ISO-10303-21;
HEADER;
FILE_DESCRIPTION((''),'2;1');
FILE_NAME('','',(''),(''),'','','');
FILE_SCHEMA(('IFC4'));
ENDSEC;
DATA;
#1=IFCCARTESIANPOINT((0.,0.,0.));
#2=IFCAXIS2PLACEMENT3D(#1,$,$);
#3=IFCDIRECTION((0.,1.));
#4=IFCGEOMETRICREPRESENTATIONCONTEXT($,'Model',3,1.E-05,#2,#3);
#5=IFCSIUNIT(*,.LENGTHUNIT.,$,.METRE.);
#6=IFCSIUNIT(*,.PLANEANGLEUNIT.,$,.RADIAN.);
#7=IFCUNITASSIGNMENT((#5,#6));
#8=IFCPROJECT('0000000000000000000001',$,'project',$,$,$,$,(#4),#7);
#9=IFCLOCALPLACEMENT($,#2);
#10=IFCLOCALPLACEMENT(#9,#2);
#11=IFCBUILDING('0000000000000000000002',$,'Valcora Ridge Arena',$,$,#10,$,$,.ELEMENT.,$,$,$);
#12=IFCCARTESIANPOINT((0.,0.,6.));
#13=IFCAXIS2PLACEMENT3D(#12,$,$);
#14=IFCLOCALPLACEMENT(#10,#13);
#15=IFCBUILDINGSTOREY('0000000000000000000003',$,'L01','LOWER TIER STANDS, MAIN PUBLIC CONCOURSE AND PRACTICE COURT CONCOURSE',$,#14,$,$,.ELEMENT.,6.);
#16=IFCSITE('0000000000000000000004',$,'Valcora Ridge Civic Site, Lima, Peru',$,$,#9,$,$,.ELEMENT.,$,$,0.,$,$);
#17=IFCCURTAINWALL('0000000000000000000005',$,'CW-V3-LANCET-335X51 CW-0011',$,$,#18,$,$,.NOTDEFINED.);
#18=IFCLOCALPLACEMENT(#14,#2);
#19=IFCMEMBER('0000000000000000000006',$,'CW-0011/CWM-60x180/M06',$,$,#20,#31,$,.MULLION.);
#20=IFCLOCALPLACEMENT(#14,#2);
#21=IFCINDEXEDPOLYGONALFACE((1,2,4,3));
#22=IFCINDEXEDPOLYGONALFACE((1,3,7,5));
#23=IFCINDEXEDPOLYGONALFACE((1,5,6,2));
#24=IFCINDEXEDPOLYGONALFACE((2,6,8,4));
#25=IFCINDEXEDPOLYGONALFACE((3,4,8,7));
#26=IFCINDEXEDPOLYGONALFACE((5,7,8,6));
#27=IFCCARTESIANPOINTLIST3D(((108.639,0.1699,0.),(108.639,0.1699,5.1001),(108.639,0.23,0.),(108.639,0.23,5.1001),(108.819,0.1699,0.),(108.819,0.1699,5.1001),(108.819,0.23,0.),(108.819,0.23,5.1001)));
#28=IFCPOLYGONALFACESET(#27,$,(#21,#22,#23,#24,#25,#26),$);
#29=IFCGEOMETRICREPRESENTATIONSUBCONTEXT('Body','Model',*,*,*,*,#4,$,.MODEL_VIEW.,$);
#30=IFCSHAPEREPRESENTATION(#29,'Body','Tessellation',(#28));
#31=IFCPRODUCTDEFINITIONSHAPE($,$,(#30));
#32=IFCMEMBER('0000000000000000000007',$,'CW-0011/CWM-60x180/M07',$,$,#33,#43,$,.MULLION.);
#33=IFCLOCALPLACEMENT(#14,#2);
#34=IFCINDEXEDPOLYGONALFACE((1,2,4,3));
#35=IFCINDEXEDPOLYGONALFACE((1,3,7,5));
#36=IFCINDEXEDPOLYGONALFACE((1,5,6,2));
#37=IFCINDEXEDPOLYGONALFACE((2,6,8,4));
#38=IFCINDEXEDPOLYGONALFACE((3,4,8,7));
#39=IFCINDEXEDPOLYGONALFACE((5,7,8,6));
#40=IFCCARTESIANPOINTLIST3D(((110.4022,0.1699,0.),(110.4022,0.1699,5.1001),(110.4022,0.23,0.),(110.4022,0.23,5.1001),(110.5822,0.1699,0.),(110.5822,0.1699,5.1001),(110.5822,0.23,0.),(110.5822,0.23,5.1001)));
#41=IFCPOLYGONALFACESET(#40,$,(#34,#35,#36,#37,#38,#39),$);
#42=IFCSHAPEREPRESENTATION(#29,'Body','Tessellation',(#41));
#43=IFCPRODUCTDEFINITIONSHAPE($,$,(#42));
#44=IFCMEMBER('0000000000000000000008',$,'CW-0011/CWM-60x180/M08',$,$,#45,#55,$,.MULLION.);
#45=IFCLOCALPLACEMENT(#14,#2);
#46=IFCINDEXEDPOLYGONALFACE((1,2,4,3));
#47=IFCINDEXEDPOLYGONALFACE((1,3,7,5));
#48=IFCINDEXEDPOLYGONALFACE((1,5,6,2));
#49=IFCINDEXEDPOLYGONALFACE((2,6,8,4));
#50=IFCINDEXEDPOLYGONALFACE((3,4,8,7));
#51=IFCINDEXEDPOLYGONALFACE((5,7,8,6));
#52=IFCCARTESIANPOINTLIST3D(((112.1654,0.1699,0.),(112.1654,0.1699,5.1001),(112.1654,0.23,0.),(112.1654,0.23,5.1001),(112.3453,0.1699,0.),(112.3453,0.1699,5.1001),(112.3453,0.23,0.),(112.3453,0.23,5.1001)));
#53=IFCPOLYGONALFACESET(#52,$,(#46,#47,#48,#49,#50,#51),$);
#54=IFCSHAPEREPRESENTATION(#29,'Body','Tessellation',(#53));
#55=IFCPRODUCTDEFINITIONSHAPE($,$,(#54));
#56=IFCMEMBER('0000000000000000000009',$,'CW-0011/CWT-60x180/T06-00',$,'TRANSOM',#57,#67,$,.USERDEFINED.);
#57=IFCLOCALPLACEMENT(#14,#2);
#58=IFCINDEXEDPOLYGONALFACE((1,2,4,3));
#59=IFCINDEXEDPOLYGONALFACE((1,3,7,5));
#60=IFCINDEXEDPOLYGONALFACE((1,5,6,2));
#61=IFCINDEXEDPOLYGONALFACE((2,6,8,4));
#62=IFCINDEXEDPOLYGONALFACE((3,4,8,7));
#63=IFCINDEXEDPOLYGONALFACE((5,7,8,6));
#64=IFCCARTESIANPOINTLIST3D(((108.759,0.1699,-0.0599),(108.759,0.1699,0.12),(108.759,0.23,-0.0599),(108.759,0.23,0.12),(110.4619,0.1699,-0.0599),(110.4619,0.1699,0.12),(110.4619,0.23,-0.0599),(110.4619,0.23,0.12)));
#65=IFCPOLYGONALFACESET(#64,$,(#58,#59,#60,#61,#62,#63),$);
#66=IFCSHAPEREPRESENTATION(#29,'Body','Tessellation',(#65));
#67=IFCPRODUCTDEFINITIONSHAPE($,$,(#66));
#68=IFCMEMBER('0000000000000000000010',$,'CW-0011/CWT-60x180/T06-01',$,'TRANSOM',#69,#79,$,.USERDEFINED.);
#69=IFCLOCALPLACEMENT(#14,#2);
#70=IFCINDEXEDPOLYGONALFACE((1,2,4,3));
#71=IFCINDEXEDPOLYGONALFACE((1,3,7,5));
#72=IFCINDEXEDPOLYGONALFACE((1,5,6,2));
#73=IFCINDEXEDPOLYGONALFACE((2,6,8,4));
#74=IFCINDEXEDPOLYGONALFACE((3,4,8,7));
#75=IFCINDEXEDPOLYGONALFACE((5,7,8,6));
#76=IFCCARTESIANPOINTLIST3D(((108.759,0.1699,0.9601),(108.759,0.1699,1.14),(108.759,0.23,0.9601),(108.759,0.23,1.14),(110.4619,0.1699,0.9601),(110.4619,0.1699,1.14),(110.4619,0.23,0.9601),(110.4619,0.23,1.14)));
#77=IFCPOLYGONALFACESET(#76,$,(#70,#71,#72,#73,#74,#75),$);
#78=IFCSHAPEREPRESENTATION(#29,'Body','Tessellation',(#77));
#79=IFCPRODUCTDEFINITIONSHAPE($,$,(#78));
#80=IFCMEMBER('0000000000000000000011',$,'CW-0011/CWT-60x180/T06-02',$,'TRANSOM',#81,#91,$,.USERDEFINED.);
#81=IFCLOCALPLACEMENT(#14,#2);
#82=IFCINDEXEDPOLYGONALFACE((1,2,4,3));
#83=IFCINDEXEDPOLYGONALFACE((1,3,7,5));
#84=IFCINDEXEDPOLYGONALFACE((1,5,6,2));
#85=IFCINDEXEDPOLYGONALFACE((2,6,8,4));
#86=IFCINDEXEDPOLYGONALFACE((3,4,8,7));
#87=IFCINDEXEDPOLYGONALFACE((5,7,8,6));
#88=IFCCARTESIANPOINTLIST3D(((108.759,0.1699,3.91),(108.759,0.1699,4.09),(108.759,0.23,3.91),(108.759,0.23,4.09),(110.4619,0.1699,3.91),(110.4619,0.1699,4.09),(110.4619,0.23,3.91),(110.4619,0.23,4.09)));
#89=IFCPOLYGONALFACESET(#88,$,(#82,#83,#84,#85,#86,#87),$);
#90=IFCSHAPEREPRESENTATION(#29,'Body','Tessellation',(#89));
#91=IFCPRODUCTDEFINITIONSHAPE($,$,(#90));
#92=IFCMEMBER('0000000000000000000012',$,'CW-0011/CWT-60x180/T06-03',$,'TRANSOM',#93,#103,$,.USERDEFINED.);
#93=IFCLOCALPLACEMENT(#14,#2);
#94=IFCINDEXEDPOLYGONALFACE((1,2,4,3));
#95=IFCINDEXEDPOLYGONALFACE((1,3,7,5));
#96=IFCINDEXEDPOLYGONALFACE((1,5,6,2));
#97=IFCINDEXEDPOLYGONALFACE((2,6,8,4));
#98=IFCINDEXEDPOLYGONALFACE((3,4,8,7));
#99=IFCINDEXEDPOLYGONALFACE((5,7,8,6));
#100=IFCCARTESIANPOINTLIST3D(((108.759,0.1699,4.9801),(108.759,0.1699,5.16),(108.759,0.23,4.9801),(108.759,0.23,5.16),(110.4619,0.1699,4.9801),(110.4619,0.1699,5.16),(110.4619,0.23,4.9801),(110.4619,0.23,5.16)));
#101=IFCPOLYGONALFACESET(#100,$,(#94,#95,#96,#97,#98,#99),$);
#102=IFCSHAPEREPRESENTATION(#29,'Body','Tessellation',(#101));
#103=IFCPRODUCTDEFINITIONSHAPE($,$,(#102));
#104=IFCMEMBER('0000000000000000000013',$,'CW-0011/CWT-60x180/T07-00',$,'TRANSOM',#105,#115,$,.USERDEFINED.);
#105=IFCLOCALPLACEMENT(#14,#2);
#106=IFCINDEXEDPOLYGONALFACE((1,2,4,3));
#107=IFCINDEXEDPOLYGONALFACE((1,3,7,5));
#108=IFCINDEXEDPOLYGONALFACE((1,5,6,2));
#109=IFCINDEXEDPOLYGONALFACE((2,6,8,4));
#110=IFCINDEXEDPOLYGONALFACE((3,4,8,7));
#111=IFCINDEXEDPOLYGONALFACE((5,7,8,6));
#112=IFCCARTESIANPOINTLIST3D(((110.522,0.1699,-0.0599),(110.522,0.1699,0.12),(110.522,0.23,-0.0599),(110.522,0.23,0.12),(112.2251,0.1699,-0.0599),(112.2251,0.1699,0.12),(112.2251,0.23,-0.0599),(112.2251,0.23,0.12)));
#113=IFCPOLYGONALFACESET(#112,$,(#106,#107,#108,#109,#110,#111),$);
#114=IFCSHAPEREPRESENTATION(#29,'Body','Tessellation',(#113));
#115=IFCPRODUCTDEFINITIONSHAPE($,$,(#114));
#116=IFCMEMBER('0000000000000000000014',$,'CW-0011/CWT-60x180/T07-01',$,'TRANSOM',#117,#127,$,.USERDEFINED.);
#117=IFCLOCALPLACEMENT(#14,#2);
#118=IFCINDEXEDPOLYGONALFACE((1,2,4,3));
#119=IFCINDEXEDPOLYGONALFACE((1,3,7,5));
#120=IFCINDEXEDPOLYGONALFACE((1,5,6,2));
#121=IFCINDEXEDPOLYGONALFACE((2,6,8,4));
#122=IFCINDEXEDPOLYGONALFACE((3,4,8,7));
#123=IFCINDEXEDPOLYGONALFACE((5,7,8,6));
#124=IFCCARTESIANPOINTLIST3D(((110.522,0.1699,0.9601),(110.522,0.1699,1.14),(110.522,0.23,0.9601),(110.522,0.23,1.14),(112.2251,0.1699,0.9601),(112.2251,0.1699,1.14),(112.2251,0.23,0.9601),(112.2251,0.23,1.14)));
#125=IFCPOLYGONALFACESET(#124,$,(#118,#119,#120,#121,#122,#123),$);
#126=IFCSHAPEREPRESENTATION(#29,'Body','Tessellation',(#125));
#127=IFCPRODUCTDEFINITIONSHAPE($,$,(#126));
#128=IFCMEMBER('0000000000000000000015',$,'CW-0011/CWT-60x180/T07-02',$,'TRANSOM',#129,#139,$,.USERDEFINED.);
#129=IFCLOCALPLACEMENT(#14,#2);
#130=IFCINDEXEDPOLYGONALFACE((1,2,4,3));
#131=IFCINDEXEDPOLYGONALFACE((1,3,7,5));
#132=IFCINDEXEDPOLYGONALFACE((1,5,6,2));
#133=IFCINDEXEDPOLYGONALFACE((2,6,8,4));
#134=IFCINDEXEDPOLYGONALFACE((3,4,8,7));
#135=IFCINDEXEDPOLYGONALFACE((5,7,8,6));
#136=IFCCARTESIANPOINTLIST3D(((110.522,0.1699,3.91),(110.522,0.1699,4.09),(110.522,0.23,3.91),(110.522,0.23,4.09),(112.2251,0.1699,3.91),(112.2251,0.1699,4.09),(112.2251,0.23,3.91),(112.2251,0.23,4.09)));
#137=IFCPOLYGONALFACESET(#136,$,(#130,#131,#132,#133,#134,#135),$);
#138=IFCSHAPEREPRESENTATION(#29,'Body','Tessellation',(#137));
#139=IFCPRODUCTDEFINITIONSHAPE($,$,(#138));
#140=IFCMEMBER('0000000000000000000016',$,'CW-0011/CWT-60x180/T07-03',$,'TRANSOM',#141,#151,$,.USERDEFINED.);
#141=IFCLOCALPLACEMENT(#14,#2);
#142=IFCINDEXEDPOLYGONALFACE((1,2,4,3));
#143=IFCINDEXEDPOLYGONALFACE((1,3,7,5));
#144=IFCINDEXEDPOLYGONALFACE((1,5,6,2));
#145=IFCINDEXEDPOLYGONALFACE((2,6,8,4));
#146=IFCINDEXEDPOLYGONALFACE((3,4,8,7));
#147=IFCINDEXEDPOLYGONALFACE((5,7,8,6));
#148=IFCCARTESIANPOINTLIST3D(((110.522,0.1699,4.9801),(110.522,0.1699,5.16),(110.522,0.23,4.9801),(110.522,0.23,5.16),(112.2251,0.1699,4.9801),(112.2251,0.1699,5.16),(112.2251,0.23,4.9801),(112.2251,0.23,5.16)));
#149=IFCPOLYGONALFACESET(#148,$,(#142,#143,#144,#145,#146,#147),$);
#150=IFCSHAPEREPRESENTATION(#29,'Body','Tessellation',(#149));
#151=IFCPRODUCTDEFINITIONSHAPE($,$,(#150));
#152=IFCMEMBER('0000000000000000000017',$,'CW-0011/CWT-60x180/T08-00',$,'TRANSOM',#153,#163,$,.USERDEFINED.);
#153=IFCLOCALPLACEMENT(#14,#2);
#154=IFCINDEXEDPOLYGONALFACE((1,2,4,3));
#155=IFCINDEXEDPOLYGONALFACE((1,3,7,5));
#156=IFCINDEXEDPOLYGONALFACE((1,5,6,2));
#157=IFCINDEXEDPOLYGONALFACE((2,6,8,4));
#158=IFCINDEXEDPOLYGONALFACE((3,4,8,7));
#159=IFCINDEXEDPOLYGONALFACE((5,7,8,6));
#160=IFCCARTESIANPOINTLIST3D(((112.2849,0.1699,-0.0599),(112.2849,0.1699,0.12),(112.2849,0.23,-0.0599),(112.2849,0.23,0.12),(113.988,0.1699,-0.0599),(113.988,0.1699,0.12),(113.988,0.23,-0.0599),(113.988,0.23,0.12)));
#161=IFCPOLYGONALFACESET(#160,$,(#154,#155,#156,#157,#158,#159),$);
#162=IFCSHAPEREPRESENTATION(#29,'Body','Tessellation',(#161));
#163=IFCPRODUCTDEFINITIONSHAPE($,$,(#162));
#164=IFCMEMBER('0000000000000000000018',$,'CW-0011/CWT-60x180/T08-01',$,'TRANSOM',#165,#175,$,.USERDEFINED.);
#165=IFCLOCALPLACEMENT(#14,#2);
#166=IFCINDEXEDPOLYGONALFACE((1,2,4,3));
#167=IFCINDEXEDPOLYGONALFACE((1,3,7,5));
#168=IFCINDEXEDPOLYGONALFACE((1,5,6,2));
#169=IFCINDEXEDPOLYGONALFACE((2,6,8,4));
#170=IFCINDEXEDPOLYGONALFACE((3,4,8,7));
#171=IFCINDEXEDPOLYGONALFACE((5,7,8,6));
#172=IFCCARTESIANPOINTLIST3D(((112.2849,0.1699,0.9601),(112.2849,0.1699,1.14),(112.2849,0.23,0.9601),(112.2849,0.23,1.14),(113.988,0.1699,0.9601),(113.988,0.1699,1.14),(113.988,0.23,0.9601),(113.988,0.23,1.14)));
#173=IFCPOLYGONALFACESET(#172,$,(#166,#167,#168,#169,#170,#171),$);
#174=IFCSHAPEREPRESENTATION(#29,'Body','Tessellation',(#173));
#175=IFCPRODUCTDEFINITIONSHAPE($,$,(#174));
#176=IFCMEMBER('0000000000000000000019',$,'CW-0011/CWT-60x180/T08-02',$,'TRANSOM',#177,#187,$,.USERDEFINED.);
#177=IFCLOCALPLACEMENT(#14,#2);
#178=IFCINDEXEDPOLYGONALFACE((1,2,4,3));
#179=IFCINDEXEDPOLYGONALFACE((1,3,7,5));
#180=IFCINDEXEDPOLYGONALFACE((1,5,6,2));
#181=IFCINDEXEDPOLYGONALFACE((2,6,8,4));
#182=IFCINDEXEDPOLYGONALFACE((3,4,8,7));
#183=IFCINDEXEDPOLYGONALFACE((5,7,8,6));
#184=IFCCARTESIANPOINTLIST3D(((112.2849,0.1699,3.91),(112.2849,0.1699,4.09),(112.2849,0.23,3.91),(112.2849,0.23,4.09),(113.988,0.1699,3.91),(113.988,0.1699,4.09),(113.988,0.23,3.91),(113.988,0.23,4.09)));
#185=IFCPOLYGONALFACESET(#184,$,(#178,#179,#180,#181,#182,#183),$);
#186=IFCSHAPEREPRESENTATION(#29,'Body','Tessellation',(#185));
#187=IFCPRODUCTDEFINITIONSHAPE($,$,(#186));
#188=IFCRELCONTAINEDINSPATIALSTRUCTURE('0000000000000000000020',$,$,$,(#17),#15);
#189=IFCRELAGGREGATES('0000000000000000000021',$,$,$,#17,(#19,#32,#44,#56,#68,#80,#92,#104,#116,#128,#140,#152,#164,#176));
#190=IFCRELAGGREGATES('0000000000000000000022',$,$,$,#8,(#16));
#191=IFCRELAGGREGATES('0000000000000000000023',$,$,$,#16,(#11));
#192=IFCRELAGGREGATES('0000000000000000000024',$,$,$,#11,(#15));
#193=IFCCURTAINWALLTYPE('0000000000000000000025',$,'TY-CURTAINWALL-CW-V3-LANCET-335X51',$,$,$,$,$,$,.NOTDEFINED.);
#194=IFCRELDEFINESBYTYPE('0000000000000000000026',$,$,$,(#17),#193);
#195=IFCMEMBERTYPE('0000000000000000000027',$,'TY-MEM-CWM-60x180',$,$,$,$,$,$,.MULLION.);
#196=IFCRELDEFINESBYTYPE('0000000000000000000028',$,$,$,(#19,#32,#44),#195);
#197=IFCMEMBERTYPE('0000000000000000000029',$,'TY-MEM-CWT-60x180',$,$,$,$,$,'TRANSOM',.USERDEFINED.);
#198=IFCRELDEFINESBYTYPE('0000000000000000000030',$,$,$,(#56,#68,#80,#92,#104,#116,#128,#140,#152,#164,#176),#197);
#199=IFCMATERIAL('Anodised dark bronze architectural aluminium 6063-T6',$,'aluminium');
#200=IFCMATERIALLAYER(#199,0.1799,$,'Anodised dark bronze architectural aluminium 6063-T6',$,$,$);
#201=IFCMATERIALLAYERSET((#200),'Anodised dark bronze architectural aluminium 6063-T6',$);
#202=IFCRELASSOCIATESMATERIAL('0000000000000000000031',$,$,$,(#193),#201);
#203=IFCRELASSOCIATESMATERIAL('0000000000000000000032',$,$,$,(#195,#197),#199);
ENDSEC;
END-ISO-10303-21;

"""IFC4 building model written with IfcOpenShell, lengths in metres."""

from ifc_helpers import new_model, si_unit, direction, frame, origin, origin_2d, place, context, subcontext, project, spatial, rectangle, extrude, material, layer, layer_set, material_profile, profile_set, type_object, element, aggregate, save


model = new_model("IFC4")

# Units and contexts
model_context = context("Model", 3, precision=1e-05, world=origin(), true_north=direction((0.0, 1.0)))
body_context = subcontext(model_context, "Body", "Model", "MODEL_VIEW")
ifc_project = project(units=[si_unit("LENGTHUNIT", "METRE"), si_unit("PLANEANGLEUNIT", "RADIAN")], contexts=[model_context])

# Site, building, storey
site_placement = place(None, origin())
site = spatial("IfcSite", under=ifc_project, at=site_placement, Name="Valcora Ridge Civic Site, Lima, Peru", CompositionType="ELEMENT", RefElevation=0.0)
building_placement = place(site_placement, origin())
building = spatial("IfcBuilding", under=site, at=building_placement, Name="Valcora Ridge Arena", CompositionType="ELEMENT")
storey_placement = place(building_placement, frame((0.0, 0.0, 6.0)))
storey = spatial("IfcBuildingStorey", under=building, at=storey_placement, Name="L01", Description="LOWER TIER STANDS, MAIN PUBLIC CONCOURSE AND PRACTICE COURT CONCOURSE", CompositionType="ELEMENT", Elevation=6.0)

# Curtain wall, members
ifc_material_1 = material(Name="Anodised dark bronze architectural aluminium 6063-T6", Category="aluminium")
ifc_layer_1 = layer(ifc_material_1, 0.1799, Name="Anodised dark bronze architectural aluminium 6063-T6")
ifc_layer_set_1 = layer_set([ifc_layer_1], Name="Anodised dark bronze architectural aluminium 6063-T6")
curtain_wall_type = type_object("IfcCurtainWallType", Name="TY-CURTAINWALL-CW-V3-LANCET-335X51", PredefinedType="NOTDEFINED", material=ifc_layer_set_1)
curtain_wall_placement = place(storey_placement, origin())
curtain_wall = element("IfcCurtainWall", 1, at=curtain_wall_placement, inside=storey, type_object=curtain_wall_type, Name="CW-V3-LANCET-335X51 CW-0011", PredefinedType="NOTDEFINED")
ifc_material_profile_1 = material_profile(ifc_material_1, rectangle(XDim=0.0601, YDim=0.1799, at=origin_2d()), Name="ALU MULLION 60x180")
ifc_profile_set_1 = profile_set([ifc_material_profile_1], Name="Anodised dark bronze architectural aluminium 6063-T6")
member_type_1 = type_object("IfcMemberType", Name="TY-MEM-CWM-60x180", PredefinedType="MULLION", material=ifc_profile_set_1)
member_1_placement = place(storey_placement, frame((108.729, 0.2, 0.0), z_axis=(0.0, 0.0, 1.0), x_axis=(0.0, 1.0, 0.0)))
member_1 = element("IfcMember", 2, at=member_1_placement, type_object=member_type_1, Name="CW-0011/CWM-60x180/M06", PredefinedType="MULLION", context=body_context, shape_type="SweptSolid", body=[
    extrude(rectangle(XDim=0.0601, YDim=0.1799, at=origin_2d()), origin(), (0.0, 0.0, 1.0), 5.1001),
])
member_2_placement = place(storey_placement, frame((110.4922, 0.2, 0.0), z_axis=(0.0, 0.0, 1.0), x_axis=(0.0, 1.0, 0.0)))
member_2 = element("IfcMember", 3, at=member_2_placement, type_object=member_type_1, Name="CW-0011/CWM-60x180/M07", PredefinedType="MULLION", context=body_context, shape_type="SweptSolid", body=[
    extrude(rectangle(XDim=0.0601, YDim=0.1799, at=origin_2d()), origin(), (0.0, 0.0, 1.0), 5.1001),
])
member_3_placement = place(storey_placement, frame((112.2554, 0.2, 0.0), z_axis=(0.0, 0.0, 1.0), x_axis=(0.0, 1.0, 0.0)))
member_3 = element("IfcMember", 4, at=member_3_placement, type_object=member_type_1, Name="CW-0011/CWM-60x180/M08", PredefinedType="MULLION", context=body_context, shape_type="SweptSolid", body=[
    extrude(rectangle(XDim=0.0601, YDim=0.1799, at=origin_2d()), origin(), (0.0, 0.0, 1.0), 5.1001),
])
ifc_material_profile_2 = material_profile(ifc_material_1, rectangle(XDim=0.0601, YDim=0.1799, at=origin_2d()), Name="ALU TRANSOM 60x180")
ifc_profile_set_2 = profile_set([ifc_material_profile_2], Name="Anodised dark bronze architectural aluminium 6063-T6")
member_type_2 = type_object("IfcMemberType", Name="TY-MEM-CWT-60x180", ElementType="TRANSOM", PredefinedType="USERDEFINED", material=ifc_profile_set_2)
member_4_placement = place(storey_placement, frame((108.759, 0.2, 0.03), z_axis=(1.0, 0.0, 0.0), x_axis=(0.0, 1.0, 0.0)))
member_4 = element("IfcMember", 5, at=member_4_placement, type_object=member_type_2, Name="CW-0011/CWT-60x180/T06-00", ObjectType="TRANSOM", PredefinedType="USERDEFINED", context=body_context, shape_type="SweptSolid", body=[
    extrude(rectangle(XDim=0.0601, YDim=0.1799, at=origin_2d()), origin(), (0.0, 0.0, 1.0), 1.7029),
])
member_5_placement = place(storey_placement, frame((108.759, 0.2, 1.05), z_axis=(1.0, 0.0, 0.0), x_axis=(0.0, 1.0, 0.0)))
member_5 = element("IfcMember", 6, at=member_5_placement, type_object=member_type_2, Name="CW-0011/CWT-60x180/T06-01", ObjectType="TRANSOM", PredefinedType="USERDEFINED", context=body_context, shape_type="SweptSolid", body=[
    extrude(rectangle(XDim=0.0601, YDim=0.1799, at=origin_2d()), origin(), (0.0, 0.0, 1.0), 1.7029),
])
member_6_placement = place(storey_placement, frame((108.759, 0.2, 4.0), z_axis=(1.0, 0.0, 0.0), x_axis=(0.0, 1.0, 0.0)))
member_6 = element("IfcMember", 7, at=member_6_placement, type_object=member_type_2, Name="CW-0011/CWT-60x180/T06-02", ObjectType="TRANSOM", PredefinedType="USERDEFINED", context=body_context, shape_type="SweptSolid", body=[
    extrude(rectangle(XDim=0.0601, YDim=0.1799, at=origin_2d()), origin(), (0.0, 0.0, 1.0), 1.7029),
])
member_7_placement = place(storey_placement, frame((108.759, 0.2, 5.0701), z_axis=(1.0, 0.0, 0.0), x_axis=(0.0, 1.0, 0.0)))
member_7 = element("IfcMember", 8, at=member_7_placement, type_object=member_type_2, Name="CW-0011/CWT-60x180/T06-03", ObjectType="TRANSOM", PredefinedType="USERDEFINED", context=body_context, shape_type="SweptSolid", body=[
    extrude(rectangle(XDim=0.0601, YDim=0.1799, at=origin_2d()), origin(), (0.0, 0.0, 1.0), 1.7029),
])
member_8_placement = place(storey_placement, frame((110.522, 0.2, 0.03), z_axis=(1.0, 0.0, 0.0), x_axis=(0.0, 1.0, 0.0)))
member_8 = element("IfcMember", 9, at=member_8_placement, type_object=member_type_2, Name="CW-0011/CWT-60x180/T07-00", ObjectType="TRANSOM", PredefinedType="USERDEFINED", context=body_context, shape_type="SweptSolid", body=[
    extrude(rectangle(XDim=0.0601, YDim=0.1799, at=origin_2d()), origin(), (0.0, 0.0, 1.0), 1.7031),
])
member_9_placement = place(storey_placement, frame((110.522, 0.2, 1.05), z_axis=(1.0, 0.0, 0.0), x_axis=(0.0, 1.0, 0.0)))
member_9 = element("IfcMember", 10, at=member_9_placement, type_object=member_type_2, Name="CW-0011/CWT-60x180/T07-01", ObjectType="TRANSOM", PredefinedType="USERDEFINED", context=body_context, shape_type="SweptSolid", body=[
    extrude(rectangle(XDim=0.0601, YDim=0.1799, at=origin_2d()), origin(), (0.0, 0.0, 1.0), 1.7031),
])
member_10_placement = place(storey_placement, frame((110.522, 0.2, 4.0), z_axis=(1.0, 0.0, 0.0), x_axis=(0.0, 1.0, 0.0)))
member_10 = element("IfcMember", 11, at=member_10_placement, type_object=member_type_2, Name="CW-0011/CWT-60x180/T07-02", ObjectType="TRANSOM", PredefinedType="USERDEFINED", context=body_context, shape_type="SweptSolid", body=[
    extrude(rectangle(XDim=0.0601, YDim=0.1799, at=origin_2d()), origin(), (0.0, 0.0, 1.0), 1.7031),
])
member_11_placement = place(storey_placement, frame((110.522, 0.2, 5.0701), z_axis=(1.0, 0.0, 0.0), x_axis=(0.0, 1.0, 0.0)))
member_11 = element("IfcMember", 12, at=member_11_placement, type_object=member_type_2, Name="CW-0011/CWT-60x180/T07-03", ObjectType="TRANSOM", PredefinedType="USERDEFINED", context=body_context, shape_type="SweptSolid", body=[
    extrude(rectangle(XDim=0.0601, YDim=0.1799, at=origin_2d()), origin(), (0.0, 0.0, 1.0), 1.7031),
])
member_12_placement = place(storey_placement, frame((112.2849, 0.2, 0.03), z_axis=(1.0, 0.0, 0.0), x_axis=(0.0, 1.0, 0.0)))
member_12 = element("IfcMember", 13, at=member_12_placement, type_object=member_type_2, Name="CW-0011/CWT-60x180/T08-00", ObjectType="TRANSOM", PredefinedType="USERDEFINED", context=body_context, shape_type="SweptSolid", body=[
    extrude(rectangle(XDim=0.0601, YDim=0.1799, at=origin_2d()), origin(), (0.0, 0.0, 1.0), 1.7031),
])
member_13_placement = place(storey_placement, frame((112.2849, 0.2, 1.05), z_axis=(1.0, 0.0, 0.0), x_axis=(0.0, 1.0, 0.0)))
member_13 = element("IfcMember", 14, at=member_13_placement, type_object=member_type_2, Name="CW-0011/CWT-60x180/T08-01", ObjectType="TRANSOM", PredefinedType="USERDEFINED", context=body_context, shape_type="SweptSolid", body=[
    extrude(rectangle(XDim=0.0601, YDim=0.1799, at=origin_2d()), origin(), (0.0, 0.0, 1.0), 1.7031),
])
member_14_placement = place(storey_placement, frame((112.2849, 0.2, 4.0), z_axis=(1.0, 0.0, 0.0), x_axis=(0.0, 1.0, 0.0)))
member_14 = element("IfcMember", 15, at=member_14_placement, type_object=member_type_2, Name="CW-0011/CWT-60x180/T08-02", ObjectType="TRANSOM", PredefinedType="USERDEFINED", context=body_context, shape_type="SweptSolid", body=[
    extrude(rectangle(XDim=0.0601, YDim=0.1799, at=origin_2d()), origin(), (0.0, 0.0, 1.0), 1.7031),
])
aggregate(curtain_wall, [member_1, member_2, member_3, member_4, member_5, member_6, member_7, member_8, member_9, member_10, member_11, member_12, member_13, member_14])

save(model, "model.ifc")
